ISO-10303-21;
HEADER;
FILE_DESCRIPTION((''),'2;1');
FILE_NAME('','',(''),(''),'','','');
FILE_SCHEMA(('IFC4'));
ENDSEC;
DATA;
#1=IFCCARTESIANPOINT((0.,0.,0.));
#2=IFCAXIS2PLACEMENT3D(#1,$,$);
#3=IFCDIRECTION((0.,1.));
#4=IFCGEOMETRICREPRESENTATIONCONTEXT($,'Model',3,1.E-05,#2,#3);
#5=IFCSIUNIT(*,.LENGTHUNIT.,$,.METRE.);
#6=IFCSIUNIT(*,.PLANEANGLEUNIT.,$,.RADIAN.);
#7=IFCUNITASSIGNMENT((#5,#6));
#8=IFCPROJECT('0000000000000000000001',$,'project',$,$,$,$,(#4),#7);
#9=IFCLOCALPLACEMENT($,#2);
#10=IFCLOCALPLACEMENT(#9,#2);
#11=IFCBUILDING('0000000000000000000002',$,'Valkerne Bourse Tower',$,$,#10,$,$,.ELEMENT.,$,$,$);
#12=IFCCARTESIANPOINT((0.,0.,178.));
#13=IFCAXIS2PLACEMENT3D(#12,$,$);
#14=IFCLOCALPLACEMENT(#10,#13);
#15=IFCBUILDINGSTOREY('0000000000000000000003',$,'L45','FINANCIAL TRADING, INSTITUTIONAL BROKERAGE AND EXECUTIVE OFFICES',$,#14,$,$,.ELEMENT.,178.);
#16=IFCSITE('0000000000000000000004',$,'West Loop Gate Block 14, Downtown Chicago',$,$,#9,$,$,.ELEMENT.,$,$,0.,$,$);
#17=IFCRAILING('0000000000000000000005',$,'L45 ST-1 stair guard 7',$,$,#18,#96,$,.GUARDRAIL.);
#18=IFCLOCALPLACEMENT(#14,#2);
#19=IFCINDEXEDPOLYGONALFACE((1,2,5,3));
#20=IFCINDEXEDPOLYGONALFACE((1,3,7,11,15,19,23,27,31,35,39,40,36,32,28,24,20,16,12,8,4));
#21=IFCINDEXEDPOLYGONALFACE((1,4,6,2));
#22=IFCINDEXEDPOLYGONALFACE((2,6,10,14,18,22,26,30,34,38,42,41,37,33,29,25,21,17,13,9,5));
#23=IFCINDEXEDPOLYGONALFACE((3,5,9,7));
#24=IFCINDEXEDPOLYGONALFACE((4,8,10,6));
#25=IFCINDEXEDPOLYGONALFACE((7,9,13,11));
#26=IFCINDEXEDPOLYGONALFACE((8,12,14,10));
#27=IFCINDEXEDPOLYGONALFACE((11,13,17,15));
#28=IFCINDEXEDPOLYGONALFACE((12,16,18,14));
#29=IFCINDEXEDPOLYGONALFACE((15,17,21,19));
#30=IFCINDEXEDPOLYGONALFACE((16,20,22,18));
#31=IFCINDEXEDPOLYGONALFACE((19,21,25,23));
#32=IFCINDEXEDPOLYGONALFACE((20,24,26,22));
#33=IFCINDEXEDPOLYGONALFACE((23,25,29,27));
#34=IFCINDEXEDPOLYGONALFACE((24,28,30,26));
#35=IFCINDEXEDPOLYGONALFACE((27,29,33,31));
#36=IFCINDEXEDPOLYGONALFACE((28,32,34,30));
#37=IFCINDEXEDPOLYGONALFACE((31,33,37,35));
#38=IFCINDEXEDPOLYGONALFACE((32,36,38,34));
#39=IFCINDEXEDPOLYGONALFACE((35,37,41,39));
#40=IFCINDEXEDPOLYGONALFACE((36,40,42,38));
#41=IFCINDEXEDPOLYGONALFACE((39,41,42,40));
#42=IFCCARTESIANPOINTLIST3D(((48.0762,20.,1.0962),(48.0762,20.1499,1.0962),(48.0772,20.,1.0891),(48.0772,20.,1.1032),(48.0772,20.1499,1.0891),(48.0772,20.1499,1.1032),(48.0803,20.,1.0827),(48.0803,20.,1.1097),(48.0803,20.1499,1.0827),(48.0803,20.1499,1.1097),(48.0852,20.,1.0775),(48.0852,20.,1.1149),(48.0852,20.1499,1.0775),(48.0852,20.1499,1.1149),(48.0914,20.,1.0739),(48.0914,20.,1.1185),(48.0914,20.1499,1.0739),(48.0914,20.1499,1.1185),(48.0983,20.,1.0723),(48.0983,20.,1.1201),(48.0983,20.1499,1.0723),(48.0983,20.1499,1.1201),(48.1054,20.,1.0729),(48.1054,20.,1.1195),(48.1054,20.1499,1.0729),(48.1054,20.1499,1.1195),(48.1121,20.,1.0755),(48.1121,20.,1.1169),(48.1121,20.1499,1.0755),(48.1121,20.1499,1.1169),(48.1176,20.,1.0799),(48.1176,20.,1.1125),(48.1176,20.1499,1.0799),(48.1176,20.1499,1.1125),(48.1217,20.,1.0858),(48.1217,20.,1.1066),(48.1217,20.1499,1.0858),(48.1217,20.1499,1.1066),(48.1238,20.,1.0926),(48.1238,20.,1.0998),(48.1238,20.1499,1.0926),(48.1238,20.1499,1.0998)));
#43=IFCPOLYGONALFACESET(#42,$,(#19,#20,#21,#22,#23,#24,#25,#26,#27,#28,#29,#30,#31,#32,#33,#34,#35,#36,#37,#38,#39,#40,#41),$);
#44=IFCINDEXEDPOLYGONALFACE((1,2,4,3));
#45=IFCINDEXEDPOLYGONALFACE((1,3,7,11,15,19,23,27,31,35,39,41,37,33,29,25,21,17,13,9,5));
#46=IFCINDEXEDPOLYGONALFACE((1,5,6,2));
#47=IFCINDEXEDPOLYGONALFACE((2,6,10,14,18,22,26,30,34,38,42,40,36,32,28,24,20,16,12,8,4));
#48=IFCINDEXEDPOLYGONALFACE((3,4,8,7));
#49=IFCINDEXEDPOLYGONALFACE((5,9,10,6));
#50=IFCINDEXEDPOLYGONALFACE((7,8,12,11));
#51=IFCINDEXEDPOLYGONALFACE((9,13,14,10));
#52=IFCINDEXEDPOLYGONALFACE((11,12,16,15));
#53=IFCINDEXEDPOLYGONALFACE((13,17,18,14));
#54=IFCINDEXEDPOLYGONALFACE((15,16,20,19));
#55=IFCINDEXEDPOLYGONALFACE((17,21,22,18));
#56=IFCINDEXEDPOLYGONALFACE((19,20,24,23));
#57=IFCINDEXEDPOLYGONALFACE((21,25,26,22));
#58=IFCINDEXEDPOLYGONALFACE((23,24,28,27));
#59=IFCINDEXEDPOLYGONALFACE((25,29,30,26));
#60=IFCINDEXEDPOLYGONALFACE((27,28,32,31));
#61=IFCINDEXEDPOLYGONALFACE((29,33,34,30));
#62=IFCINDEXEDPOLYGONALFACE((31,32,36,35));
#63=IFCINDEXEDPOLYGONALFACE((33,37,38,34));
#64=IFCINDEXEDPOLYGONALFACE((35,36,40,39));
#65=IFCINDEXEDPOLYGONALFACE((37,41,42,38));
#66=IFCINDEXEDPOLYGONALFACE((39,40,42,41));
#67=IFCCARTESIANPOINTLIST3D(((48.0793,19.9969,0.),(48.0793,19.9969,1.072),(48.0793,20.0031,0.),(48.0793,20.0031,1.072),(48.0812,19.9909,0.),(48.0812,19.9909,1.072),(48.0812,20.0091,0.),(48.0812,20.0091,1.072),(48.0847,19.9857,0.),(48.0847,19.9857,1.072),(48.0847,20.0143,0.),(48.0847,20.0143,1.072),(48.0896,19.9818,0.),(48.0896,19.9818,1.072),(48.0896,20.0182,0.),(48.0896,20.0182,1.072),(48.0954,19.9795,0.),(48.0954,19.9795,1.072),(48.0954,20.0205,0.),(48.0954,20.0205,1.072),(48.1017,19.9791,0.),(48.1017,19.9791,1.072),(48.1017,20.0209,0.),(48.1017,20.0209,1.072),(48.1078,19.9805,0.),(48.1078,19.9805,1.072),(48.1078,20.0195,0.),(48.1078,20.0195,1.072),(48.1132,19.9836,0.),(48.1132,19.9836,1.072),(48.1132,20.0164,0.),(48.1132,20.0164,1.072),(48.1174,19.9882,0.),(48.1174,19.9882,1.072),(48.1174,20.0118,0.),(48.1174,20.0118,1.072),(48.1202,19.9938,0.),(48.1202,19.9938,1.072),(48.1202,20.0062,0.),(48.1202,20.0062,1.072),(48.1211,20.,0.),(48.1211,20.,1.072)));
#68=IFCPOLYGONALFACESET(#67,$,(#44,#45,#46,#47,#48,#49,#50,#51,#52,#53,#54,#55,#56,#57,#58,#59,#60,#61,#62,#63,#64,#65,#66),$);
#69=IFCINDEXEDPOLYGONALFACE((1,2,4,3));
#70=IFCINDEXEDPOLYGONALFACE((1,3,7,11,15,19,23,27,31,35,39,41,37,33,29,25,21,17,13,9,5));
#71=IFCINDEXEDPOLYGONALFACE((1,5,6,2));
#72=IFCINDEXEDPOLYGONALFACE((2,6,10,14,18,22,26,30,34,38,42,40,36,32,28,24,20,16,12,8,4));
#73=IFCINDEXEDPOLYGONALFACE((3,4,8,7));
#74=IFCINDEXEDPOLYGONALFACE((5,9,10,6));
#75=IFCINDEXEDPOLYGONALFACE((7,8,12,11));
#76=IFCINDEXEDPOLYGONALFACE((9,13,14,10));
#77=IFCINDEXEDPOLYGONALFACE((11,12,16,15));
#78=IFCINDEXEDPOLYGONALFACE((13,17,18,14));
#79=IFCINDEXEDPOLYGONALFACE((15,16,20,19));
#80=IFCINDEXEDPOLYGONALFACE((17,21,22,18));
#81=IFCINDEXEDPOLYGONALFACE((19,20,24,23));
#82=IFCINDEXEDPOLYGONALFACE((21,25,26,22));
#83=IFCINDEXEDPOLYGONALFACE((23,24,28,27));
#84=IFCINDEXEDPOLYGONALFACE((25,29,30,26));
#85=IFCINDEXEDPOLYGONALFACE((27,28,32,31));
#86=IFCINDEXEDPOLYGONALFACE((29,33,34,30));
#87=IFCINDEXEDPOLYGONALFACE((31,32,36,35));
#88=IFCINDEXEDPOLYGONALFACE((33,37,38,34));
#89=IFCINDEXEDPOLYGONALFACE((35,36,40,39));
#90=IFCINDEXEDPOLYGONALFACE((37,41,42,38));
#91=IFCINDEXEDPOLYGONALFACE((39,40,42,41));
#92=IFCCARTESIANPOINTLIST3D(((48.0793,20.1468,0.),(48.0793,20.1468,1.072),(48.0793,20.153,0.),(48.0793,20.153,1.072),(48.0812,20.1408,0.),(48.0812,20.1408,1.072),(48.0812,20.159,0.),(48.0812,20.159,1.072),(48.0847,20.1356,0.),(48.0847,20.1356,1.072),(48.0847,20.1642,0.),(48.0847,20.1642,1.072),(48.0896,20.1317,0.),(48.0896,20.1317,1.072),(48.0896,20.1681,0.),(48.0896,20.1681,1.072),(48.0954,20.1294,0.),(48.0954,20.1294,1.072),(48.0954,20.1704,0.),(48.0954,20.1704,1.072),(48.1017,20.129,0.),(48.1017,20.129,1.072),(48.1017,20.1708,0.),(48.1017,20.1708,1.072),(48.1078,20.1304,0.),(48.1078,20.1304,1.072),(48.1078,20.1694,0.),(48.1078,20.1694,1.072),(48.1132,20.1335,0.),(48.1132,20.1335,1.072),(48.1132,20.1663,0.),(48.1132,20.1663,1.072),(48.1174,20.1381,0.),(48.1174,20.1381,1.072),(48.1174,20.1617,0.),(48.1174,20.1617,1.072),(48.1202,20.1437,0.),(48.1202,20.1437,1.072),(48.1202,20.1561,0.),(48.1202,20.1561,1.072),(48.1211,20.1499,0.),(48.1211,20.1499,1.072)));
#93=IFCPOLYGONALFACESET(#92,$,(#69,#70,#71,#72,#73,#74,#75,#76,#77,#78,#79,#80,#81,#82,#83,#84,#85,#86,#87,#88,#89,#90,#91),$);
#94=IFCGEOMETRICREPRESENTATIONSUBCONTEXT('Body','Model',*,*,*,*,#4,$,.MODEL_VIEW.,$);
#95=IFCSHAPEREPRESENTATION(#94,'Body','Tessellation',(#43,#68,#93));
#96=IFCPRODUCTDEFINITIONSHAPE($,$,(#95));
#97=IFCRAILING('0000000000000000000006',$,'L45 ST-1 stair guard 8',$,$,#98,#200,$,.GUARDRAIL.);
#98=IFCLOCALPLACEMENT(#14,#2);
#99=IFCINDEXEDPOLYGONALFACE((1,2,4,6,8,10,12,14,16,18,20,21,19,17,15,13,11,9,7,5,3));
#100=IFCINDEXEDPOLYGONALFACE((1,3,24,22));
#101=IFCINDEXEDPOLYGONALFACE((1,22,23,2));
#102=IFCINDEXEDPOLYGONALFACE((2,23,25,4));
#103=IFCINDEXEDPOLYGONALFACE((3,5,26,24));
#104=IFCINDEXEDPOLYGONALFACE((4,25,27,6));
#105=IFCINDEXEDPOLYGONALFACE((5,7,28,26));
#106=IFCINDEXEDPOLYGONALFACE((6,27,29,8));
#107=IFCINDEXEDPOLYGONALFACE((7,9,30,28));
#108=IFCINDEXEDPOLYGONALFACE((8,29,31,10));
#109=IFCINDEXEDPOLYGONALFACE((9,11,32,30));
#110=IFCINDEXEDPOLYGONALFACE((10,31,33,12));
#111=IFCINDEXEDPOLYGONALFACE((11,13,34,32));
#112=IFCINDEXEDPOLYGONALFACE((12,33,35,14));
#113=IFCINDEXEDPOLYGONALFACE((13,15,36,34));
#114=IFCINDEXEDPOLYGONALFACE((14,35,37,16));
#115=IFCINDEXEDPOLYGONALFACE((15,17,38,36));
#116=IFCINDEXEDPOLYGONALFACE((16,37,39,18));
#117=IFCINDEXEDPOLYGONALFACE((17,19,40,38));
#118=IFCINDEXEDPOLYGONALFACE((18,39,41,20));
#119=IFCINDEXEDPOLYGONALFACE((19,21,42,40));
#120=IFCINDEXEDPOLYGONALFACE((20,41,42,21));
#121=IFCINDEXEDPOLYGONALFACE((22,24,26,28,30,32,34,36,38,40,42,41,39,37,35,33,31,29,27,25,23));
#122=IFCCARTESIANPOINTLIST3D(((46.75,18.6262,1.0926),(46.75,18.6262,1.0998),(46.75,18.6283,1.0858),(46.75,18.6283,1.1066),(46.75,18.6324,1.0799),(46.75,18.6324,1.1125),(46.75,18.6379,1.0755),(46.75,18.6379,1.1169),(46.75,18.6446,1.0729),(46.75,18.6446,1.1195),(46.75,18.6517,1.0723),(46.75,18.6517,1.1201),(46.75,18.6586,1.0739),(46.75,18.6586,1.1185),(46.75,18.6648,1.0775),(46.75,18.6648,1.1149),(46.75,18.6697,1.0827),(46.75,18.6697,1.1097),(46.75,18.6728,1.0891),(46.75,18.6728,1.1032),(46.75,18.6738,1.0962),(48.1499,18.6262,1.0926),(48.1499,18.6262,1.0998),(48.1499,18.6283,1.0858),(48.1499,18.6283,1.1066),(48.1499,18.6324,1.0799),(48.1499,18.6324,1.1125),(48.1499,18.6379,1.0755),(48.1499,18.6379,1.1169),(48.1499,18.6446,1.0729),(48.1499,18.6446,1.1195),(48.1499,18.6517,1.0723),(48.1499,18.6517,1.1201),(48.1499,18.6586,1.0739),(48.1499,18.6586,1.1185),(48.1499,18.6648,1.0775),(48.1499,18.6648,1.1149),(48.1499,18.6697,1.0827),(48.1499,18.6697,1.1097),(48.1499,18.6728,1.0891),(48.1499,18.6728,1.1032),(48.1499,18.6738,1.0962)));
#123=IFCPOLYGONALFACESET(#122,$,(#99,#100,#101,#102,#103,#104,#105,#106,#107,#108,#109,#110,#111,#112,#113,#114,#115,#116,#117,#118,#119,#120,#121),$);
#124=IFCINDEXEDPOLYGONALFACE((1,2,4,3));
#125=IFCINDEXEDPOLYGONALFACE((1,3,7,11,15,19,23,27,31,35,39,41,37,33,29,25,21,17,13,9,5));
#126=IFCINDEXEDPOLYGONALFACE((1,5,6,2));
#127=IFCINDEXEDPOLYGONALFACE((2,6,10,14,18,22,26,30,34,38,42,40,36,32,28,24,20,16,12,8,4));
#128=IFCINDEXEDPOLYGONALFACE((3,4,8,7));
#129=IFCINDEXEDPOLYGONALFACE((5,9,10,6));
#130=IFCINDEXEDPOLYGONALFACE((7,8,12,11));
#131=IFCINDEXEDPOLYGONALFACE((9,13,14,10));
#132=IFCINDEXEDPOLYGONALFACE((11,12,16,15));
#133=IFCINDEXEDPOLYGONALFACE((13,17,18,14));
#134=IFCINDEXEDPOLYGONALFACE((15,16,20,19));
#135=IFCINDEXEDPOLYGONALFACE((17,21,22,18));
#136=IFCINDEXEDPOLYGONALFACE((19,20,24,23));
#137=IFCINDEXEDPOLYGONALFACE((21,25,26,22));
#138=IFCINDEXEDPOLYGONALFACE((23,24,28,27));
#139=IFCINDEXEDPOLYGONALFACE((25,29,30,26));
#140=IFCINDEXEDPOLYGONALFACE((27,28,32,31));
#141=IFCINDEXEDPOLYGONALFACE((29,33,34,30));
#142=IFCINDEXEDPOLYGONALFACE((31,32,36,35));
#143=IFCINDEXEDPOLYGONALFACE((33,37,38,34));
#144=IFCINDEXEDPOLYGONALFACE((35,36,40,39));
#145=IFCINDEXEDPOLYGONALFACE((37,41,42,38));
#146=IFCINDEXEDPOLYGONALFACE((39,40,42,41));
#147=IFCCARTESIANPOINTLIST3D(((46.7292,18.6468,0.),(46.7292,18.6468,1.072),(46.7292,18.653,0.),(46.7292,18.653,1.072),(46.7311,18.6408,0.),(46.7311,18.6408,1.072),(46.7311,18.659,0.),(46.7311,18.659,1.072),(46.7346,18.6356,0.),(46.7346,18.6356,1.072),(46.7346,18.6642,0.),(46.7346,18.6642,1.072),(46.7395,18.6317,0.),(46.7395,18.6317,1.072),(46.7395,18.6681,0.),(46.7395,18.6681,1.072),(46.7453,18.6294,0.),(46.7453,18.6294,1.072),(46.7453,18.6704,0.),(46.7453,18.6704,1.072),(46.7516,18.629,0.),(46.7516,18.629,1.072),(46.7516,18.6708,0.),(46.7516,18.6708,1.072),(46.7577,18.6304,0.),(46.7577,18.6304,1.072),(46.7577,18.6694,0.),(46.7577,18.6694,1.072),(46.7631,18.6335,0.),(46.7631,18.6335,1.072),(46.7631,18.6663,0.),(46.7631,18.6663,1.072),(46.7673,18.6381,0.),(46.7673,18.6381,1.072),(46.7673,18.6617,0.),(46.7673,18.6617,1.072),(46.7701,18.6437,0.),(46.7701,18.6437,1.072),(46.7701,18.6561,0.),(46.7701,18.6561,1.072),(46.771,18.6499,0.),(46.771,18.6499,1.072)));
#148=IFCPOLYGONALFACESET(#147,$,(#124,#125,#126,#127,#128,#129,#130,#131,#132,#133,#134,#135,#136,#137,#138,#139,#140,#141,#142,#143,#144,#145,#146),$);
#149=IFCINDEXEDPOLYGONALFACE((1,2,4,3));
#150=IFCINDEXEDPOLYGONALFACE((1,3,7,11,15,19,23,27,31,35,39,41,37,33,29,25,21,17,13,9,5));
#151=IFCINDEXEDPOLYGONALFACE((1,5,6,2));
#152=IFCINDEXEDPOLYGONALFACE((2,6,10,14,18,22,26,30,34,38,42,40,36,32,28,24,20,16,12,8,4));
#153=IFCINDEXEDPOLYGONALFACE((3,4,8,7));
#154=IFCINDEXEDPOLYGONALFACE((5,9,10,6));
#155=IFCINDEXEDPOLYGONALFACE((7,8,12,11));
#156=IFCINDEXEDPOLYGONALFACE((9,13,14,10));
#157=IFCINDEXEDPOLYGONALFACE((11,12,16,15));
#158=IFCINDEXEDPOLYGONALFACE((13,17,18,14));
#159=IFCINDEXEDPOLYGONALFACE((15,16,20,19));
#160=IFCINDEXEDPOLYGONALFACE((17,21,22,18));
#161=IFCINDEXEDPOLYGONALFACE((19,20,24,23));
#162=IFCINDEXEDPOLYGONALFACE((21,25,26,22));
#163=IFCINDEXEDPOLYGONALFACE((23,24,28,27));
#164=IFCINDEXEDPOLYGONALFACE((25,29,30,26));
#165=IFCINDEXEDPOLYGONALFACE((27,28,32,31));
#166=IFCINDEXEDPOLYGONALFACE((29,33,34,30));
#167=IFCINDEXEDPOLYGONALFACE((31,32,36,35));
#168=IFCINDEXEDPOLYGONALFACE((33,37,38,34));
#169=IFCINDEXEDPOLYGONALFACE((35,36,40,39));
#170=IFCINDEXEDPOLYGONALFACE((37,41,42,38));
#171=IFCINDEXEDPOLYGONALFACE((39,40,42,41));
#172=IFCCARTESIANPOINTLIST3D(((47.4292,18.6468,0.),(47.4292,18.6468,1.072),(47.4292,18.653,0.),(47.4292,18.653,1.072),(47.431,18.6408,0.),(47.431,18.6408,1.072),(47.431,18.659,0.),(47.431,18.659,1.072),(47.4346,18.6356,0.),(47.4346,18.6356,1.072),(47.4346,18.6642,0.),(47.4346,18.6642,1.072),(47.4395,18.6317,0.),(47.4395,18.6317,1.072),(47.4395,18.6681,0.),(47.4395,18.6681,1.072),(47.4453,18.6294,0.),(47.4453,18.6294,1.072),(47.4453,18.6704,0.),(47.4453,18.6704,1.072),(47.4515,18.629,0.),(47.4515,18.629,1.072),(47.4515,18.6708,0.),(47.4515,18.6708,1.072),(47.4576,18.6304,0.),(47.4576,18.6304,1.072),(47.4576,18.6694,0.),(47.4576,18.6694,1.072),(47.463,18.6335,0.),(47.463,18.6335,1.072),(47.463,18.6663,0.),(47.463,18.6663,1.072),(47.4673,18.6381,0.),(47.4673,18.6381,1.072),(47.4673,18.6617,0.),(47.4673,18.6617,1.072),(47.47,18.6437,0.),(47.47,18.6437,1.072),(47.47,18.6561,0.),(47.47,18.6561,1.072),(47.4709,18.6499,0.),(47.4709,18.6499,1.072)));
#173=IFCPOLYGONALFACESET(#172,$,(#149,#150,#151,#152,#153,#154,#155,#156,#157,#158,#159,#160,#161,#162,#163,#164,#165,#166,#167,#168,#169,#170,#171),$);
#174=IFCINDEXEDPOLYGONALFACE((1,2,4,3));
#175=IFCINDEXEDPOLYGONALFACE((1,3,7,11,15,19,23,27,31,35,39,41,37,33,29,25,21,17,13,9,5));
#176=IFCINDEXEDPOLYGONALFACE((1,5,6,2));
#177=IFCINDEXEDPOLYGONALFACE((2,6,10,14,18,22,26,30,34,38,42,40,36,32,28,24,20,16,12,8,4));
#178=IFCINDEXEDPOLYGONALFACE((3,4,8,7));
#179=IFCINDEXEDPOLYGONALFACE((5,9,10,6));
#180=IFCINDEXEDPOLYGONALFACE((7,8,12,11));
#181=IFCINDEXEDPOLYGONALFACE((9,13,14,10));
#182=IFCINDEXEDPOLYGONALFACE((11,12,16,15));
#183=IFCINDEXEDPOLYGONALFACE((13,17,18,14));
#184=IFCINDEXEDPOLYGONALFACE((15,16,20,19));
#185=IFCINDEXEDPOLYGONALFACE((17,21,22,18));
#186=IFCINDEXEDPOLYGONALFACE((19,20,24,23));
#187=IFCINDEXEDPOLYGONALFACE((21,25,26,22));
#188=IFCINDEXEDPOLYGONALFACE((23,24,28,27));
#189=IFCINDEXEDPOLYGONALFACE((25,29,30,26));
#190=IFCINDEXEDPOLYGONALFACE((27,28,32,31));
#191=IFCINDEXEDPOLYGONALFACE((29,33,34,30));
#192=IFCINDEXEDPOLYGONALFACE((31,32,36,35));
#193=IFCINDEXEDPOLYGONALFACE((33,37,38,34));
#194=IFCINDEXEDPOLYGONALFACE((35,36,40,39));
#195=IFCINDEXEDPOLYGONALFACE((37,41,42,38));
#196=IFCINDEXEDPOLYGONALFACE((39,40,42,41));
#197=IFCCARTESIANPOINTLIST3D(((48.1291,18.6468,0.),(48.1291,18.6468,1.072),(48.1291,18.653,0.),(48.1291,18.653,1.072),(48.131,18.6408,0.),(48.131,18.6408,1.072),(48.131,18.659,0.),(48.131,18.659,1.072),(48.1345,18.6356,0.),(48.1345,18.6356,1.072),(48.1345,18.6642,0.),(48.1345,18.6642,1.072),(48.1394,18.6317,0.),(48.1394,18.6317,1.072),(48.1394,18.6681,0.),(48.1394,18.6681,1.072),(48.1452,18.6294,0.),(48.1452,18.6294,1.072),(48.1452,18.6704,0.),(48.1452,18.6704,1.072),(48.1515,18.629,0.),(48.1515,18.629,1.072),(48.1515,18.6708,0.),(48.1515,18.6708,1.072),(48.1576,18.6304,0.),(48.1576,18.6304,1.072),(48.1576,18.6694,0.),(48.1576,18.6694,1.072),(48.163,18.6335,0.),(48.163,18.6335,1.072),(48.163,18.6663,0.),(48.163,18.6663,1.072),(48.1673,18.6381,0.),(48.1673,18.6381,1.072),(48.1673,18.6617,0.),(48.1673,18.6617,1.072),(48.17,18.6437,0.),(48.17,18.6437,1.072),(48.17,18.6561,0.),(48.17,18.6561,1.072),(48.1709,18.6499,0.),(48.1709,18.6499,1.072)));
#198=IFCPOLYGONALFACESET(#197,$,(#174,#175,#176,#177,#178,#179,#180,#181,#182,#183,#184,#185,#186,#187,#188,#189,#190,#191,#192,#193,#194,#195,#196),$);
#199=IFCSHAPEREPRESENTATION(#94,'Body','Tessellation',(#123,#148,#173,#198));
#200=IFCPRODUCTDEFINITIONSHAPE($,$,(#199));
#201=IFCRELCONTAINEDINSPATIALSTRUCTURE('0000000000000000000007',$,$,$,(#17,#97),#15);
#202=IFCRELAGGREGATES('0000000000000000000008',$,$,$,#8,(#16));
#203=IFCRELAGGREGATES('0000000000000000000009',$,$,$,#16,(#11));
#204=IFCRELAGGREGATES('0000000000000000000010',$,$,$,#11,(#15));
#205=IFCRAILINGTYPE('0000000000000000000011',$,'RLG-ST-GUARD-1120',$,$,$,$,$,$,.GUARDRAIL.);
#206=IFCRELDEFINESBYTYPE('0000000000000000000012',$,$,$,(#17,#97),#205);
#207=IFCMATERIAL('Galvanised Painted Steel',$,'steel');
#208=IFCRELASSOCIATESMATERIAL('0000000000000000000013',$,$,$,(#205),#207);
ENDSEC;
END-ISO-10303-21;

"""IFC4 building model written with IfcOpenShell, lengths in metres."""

from ifc_helpers import new_model, si_unit, direction, frame, origin, origin_2d, place, context, subcontext, project, spatial, circle, extrude, material, type_object, element, save


model = new_model("IFC4")

# Units and contexts
model_context = context("Model", 3, precision=1e-05, world=origin(), true_north=direction((0.0, 1.0)))
body_context = subcontext(model_context, "Body", "Model", "MODEL_VIEW")
ifc_project = project(units=[si_unit("LENGTHUNIT", "METRE"), si_unit("PLANEANGLEUNIT", "RADIAN")], contexts=[model_context])

# Site, building, storey
site_placement = place(None, origin())
site = spatial("IfcSite", under=ifc_project, at=site_placement, Name="West Loop Gate Block 14, Downtown Chicago", CompositionType="ELEMENT", RefElevation=0.0)
building_placement = place(site_placement, origin())
building = spatial("IfcBuilding", under=site, at=building_placement, Name="Valkerne Bourse Tower", CompositionType="ELEMENT")
storey_placement = place(building_placement, frame((0.0, 0.0, 178.0)))
storey = spatial("IfcBuildingStorey", under=building, at=storey_placement, Name="L45", Description="FINANCIAL TRADING, INSTITUTIONAL BROKERAGE AND EXECUTIVE OFFICES", CompositionType="ELEMENT", Elevation=178.0)

# Shared definitions
ifc_material_1 = material(Name="Galvanised Painted Steel", Category="steel")

# Railings
railing_type_1 = type_object("IfcRailingType", Name="RLG-ST-GUARD-1120", PredefinedType="GUARDRAIL", material=ifc_material_1)
railing_1_placement = place(storey_placement, frame((48.1001, 20.0, 0.0)))
element("IfcRailing", 1, at=railing_1_placement, inside=storey, type_object=railing_type_1, Name="L45 ST-1 stair guard 7", PredefinedType="GUARDRAIL", context=body_context, shape_type="SweptSolid", body=[
    extrude(circle(Radius=0.0239, at=origin_2d()), frame((0.0, 0.0, 1.0962), z_axis=(0.0, 1.0, 0.0), x_axis=(-1.0, 0.0, 0.0)), (0.0, 0.0, 1.0), 0.1499),
    extrude(circle(Radius=0.021, at=origin_2d()), origin(), (0.0, 0.0, 1.0), 1.072),
    extrude(circle(Radius=0.021, at=origin_2d()), frame((0.0, 0.1499, 0.0)), (0.0, 0.0, 1.0), 1.072),
])
for number, where, name in (
    (2, (46.75, 18.6499, 0.0), "L45 ST-1 stair guard 8"),
):
    element("IfcRailing", number, at=place(storey_placement, frame(where)), inside=storey, type_object=railing_type_1, Name=name, PredefinedType="GUARDRAIL", context=body_context, shape_type="SweptSolid", body=[
        extrude(circle(Radius=0.0239, at=origin_2d()), frame((0.0, 0.0, 1.0962), z_axis=(1.0, 0.0, 0.0), x_axis=(0.0, 1.0, 0.0)), (0.0, 0.0, 1.0), 1.3999),
        extrude(circle(Radius=0.021, at=origin_2d()), origin(), (0.0, 0.0, 1.0), 1.072),
        extrude(circle(Radius=0.021, at=origin_2d()), frame((0.7, 0.0, 0.0)), (0.0, 0.0, 1.0), 1.072),
        extrude(circle(Radius=0.021, at=origin_2d()), frame((1.3999, 0.0, 0.0)), (0.0, 0.0, 1.0), 1.072),
    ])

save(model, "model.ifc")
